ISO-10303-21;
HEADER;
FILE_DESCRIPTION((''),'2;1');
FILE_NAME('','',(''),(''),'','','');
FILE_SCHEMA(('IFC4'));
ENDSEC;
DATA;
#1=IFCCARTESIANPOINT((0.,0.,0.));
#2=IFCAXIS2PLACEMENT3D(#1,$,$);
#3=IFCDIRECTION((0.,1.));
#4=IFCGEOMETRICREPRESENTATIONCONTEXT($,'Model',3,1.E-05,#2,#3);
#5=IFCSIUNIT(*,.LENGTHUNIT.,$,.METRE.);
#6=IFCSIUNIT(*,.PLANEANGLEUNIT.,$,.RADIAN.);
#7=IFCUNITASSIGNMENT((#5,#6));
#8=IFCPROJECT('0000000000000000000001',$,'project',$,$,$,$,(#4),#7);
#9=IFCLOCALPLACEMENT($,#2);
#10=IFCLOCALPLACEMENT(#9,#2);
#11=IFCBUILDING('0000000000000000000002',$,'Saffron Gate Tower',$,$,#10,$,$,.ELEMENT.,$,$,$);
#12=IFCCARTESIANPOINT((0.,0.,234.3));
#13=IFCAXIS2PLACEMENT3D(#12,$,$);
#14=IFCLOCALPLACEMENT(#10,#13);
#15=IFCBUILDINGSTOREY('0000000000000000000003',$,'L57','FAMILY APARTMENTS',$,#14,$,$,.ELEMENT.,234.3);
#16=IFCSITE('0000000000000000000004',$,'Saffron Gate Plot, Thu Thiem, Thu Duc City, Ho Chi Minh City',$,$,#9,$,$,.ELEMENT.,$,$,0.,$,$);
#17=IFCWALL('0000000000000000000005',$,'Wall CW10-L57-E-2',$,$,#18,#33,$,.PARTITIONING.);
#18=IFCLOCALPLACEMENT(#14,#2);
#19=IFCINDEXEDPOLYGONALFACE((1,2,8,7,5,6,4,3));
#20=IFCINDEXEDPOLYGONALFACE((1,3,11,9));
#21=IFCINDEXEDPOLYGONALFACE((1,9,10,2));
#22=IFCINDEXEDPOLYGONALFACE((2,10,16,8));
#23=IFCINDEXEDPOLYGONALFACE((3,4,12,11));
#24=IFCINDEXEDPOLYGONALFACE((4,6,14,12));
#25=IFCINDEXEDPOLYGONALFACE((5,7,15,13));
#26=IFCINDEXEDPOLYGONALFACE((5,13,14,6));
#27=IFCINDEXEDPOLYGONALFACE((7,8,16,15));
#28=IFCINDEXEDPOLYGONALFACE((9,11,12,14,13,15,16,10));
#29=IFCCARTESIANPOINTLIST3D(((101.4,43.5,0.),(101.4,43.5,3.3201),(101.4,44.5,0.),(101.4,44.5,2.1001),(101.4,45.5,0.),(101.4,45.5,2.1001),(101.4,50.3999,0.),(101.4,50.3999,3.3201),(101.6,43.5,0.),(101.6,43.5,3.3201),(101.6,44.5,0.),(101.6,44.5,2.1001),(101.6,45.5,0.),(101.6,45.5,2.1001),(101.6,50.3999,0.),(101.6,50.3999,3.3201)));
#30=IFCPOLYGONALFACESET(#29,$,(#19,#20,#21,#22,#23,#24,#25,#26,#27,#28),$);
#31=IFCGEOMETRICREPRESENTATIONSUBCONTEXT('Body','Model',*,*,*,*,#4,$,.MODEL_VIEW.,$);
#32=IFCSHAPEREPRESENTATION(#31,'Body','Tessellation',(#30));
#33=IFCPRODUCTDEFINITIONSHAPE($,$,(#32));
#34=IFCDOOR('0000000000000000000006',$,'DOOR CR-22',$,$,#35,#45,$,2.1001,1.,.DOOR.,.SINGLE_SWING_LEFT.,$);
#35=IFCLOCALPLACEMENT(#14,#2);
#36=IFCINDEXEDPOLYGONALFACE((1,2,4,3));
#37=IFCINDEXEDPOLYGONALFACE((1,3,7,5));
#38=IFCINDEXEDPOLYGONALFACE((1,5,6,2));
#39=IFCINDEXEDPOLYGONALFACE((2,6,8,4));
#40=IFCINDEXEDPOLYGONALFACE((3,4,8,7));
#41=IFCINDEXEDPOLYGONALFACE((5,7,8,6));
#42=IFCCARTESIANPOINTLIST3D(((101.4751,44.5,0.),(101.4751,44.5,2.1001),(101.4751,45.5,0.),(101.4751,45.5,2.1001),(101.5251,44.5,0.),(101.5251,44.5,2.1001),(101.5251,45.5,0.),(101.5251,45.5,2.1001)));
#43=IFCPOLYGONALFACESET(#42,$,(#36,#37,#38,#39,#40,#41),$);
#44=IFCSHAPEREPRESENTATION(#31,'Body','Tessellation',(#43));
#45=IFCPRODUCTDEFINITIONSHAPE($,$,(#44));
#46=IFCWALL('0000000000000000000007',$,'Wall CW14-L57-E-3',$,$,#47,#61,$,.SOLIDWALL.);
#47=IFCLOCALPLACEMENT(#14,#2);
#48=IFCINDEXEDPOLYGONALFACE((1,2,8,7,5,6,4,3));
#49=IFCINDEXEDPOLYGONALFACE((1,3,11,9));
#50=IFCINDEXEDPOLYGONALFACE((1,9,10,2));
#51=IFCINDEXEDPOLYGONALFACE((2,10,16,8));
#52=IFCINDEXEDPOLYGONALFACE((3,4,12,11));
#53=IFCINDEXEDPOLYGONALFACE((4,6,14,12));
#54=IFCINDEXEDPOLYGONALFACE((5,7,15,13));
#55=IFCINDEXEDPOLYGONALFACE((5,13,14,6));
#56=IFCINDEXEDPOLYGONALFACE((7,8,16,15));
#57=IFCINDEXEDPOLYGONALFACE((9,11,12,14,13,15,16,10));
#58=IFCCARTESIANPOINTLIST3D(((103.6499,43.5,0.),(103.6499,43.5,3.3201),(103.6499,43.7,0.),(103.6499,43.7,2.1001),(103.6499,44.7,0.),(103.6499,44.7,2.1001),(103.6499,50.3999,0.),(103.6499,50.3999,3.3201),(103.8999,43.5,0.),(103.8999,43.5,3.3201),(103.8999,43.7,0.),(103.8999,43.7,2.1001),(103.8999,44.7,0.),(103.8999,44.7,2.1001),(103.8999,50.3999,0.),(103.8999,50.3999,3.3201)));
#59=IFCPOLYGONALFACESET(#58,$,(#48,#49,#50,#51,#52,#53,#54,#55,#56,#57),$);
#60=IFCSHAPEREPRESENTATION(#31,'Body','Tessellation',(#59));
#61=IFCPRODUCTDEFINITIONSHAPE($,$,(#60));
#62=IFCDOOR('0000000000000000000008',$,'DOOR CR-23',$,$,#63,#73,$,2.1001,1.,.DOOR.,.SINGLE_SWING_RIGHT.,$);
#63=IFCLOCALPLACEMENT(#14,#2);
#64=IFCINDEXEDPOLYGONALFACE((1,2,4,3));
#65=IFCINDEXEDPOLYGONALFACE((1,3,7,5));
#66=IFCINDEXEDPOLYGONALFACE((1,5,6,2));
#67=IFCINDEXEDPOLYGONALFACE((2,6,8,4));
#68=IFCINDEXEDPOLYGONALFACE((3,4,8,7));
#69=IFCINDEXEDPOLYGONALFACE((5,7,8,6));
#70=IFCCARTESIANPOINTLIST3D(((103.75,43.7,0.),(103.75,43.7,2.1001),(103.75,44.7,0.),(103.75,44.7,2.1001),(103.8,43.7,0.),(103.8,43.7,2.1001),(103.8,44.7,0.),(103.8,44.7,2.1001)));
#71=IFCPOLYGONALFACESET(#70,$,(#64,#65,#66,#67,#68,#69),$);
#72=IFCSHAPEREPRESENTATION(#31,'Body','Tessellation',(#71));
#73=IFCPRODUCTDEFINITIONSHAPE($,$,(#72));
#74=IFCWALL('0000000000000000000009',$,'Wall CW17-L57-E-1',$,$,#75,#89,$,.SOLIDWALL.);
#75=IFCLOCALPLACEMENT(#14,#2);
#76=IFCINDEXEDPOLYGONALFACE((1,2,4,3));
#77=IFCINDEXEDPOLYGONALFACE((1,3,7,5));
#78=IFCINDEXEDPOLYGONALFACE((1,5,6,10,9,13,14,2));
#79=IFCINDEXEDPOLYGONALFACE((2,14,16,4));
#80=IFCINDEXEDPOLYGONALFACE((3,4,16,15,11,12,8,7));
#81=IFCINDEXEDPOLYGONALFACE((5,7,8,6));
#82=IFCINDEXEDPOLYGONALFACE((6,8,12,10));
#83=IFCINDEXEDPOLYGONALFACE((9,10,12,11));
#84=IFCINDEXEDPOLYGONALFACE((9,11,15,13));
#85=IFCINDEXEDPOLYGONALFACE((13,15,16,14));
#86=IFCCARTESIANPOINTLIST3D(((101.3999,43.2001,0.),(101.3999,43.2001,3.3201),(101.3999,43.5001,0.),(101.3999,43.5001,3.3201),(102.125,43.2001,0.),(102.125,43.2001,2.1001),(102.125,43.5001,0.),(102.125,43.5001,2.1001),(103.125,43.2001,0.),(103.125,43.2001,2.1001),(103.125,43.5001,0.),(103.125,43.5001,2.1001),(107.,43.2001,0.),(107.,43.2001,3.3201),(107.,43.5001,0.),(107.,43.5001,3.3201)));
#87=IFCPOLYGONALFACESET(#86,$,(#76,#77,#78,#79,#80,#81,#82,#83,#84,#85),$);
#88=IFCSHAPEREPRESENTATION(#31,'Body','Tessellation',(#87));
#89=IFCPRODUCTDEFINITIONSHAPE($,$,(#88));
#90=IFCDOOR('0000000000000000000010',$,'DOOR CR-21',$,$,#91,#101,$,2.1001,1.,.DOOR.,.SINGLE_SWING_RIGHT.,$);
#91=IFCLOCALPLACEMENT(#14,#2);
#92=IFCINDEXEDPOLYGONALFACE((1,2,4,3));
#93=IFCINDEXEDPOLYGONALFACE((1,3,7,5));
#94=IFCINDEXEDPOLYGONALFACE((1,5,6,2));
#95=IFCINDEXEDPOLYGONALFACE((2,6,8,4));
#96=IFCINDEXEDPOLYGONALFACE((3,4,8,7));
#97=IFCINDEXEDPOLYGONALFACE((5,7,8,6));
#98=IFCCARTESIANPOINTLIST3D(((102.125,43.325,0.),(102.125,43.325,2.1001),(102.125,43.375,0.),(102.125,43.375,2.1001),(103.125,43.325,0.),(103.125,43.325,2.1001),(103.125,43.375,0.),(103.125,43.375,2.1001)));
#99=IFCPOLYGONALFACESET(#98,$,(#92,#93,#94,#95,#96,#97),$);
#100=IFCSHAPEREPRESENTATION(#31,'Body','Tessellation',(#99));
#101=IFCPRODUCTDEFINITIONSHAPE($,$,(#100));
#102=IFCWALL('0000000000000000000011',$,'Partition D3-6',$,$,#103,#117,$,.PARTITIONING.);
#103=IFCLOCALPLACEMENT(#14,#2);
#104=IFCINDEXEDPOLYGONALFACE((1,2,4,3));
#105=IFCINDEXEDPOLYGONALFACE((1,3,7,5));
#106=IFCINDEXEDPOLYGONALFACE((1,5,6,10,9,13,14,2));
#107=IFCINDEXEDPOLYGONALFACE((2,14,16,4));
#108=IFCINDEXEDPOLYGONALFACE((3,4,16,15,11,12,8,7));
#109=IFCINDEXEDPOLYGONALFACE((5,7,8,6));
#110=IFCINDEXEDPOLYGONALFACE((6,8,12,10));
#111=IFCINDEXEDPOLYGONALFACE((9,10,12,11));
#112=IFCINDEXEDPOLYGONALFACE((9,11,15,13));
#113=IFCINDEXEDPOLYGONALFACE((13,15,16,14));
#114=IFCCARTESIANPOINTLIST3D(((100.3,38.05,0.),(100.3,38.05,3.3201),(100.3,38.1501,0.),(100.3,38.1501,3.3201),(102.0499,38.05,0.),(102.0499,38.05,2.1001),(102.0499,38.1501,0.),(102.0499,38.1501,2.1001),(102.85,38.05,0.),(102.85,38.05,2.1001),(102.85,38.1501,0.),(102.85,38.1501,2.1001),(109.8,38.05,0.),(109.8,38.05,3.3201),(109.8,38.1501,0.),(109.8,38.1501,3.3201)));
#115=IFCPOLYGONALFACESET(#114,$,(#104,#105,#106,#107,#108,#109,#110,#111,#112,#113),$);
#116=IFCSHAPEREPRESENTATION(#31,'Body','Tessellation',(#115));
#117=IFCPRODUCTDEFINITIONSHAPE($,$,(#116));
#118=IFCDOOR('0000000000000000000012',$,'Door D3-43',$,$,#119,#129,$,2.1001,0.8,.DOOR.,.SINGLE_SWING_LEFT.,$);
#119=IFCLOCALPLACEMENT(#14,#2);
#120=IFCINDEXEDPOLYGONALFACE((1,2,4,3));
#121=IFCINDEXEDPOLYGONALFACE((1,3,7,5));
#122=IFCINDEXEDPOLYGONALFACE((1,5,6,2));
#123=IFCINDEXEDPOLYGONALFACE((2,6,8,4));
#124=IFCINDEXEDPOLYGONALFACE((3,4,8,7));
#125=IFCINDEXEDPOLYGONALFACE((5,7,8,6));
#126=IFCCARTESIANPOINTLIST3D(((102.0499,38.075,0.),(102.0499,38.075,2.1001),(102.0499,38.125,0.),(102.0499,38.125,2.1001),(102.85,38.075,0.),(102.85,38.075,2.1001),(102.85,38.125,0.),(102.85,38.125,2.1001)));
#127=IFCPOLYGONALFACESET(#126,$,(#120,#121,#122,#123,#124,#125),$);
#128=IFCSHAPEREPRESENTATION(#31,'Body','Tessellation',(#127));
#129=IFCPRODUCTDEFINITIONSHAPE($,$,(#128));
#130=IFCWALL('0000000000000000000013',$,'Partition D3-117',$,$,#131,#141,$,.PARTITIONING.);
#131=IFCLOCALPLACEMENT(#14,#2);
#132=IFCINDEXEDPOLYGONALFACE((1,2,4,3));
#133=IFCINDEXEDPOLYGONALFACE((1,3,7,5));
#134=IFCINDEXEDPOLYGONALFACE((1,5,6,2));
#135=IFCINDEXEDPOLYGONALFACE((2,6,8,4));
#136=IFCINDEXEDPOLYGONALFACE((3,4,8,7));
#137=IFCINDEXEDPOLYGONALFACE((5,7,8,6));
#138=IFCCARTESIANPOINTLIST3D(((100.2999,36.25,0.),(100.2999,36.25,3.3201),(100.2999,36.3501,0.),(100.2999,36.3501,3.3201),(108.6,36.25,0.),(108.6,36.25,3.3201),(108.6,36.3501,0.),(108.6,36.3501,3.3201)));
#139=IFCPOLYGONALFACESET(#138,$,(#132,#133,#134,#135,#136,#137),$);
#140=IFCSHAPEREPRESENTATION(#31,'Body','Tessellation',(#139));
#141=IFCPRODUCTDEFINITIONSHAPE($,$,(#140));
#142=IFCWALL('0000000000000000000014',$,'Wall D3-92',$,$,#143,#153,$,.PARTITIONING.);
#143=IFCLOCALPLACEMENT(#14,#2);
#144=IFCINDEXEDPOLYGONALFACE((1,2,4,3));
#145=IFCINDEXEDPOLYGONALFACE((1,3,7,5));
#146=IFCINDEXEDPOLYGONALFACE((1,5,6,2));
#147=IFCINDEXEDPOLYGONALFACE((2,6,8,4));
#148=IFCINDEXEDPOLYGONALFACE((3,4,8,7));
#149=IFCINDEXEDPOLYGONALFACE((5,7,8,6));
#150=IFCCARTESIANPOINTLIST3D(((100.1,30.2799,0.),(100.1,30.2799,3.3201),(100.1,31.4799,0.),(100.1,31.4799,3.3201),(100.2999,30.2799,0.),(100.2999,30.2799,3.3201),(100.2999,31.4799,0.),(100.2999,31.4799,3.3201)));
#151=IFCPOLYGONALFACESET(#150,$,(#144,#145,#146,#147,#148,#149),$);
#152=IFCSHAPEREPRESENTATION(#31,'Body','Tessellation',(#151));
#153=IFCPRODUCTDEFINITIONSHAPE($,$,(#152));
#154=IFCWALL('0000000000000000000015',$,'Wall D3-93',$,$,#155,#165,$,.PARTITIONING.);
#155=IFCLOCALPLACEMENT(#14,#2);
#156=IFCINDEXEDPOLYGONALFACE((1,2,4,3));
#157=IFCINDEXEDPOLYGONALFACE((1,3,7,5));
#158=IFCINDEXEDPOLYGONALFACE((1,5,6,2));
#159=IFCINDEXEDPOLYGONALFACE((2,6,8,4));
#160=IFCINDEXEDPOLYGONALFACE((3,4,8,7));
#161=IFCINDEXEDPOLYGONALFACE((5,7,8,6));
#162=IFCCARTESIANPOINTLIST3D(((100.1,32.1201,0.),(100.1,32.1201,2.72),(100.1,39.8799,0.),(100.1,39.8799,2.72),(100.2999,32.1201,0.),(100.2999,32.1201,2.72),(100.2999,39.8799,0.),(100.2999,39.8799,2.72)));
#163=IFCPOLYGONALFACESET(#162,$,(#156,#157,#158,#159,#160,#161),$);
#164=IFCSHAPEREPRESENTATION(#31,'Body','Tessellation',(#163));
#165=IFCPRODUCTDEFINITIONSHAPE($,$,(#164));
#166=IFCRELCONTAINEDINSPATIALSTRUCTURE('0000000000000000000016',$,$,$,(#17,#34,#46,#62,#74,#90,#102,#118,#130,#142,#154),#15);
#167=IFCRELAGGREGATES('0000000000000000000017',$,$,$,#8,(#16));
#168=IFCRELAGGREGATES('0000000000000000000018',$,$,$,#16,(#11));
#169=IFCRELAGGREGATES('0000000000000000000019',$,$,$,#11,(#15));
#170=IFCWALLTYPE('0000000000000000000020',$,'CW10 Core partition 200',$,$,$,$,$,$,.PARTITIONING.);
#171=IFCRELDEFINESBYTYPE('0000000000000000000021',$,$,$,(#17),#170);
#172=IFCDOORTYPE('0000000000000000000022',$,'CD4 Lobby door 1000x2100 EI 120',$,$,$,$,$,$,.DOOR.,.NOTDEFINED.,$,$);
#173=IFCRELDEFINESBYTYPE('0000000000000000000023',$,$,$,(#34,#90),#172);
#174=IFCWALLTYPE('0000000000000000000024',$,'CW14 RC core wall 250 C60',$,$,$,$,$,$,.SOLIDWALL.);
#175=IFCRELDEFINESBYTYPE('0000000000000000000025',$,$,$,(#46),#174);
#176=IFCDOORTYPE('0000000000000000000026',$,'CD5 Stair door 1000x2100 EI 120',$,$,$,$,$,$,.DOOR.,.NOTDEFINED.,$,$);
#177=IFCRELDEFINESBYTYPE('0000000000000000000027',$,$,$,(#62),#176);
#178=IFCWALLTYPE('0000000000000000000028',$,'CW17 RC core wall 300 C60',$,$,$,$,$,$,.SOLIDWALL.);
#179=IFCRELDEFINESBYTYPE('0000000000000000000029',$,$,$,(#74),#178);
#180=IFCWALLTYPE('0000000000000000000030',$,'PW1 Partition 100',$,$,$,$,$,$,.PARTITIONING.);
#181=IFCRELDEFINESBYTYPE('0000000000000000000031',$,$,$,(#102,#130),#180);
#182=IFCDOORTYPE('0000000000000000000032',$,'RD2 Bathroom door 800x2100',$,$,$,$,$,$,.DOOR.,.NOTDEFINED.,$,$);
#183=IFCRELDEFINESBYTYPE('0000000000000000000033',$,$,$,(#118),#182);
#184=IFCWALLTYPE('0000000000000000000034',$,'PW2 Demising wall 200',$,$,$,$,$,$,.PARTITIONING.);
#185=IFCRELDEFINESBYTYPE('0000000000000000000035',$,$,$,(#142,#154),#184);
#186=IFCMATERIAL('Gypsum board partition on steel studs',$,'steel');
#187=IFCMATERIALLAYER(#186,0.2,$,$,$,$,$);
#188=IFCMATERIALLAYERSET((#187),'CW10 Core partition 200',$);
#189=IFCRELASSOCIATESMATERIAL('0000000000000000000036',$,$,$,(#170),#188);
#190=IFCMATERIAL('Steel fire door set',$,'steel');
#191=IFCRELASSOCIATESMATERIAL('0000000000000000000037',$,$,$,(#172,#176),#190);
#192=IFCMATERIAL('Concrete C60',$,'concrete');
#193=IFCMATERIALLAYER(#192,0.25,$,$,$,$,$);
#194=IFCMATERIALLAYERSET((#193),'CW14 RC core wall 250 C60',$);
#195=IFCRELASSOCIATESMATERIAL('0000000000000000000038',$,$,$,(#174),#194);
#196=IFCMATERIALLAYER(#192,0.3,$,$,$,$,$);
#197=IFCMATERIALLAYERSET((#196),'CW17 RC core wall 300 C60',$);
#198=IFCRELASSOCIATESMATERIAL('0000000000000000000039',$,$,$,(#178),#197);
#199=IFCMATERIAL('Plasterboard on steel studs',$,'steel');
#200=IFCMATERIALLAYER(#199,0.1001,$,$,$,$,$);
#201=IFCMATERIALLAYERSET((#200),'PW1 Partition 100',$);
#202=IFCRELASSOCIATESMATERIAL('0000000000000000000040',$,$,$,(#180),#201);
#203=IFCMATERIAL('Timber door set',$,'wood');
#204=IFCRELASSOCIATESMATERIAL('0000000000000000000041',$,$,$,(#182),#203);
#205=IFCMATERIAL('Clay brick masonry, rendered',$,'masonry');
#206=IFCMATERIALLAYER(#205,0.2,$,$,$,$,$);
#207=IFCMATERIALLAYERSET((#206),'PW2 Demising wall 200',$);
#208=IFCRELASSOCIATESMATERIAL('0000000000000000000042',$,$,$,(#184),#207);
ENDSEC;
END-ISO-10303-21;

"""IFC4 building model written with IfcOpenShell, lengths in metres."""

from ifc_helpers import new_model, si_unit, direction, frame, frame_2d, origin, place, context, subcontext, project, spatial, rectangle, extrude, material, layer, layer_set, type_object, element, fill, save


model = new_model("IFC4")

# Units and contexts
model_context = context("Model", 3, precision=1e-05, world=origin(), true_north=direction((0.0, 1.0)))
body_context = subcontext(model_context, "Body", "Model", "MODEL_VIEW")
ifc_project = project(units=[si_unit("LENGTHUNIT", "METRE"), si_unit("PLANEANGLEUNIT", "RADIAN")], contexts=[model_context])

# Site, building, storey
site_placement = place(None, origin())
site = spatial("IfcSite", under=ifc_project, at=site_placement, Name="Saffron Gate Plot, Thu Thiem, Thu Duc City, Ho Chi Minh City", CompositionType="ELEMENT", RefElevation=0.0)
building_placement = place(site_placement, origin())
building = spatial("IfcBuilding", under=site, at=building_placement, Name="Saffron Gate Tower", CompositionType="ELEMENT")
storey_placement = place(building_placement, frame((0.0, 0.0, 234.3)))
storey = spatial("IfcBuildingStorey", under=building, at=storey_placement, Name="L57", Description="FAMILY APARTMENTS", CompositionType="ELEMENT", Elevation=234.3)

# Walls, openings, doors
ifc_material_1 = material(Name="Gypsum board partition on steel studs", Category="steel")
ifc_layer_1 = layer(ifc_material_1, 0.2)
ifc_layer_set_1 = layer_set([ifc_layer_1], Name="CW10 Core partition 200")
wall_type_1 = type_object("IfcWallType", Name="CW10 Core partition 200", PredefinedType="PARTITIONING", material=ifc_layer_set_1)
wall_1_placement = place(storey_placement, frame((101.5, 43.5, 0.0), z_axis=(0.0, 0.0, 1.0), x_axis=(0.0, 1.0, 0.0)))
wall_1 = element("IfcWall", 1, at=wall_1_placement, inside=storey, type_object=wall_type_1, Name="Wall CW10-L57-E-2", PredefinedType="PARTITIONING", context=body_context, shape_type="SweptSolid", body=[
    extrude(rectangle(XDim=6.8999, YDim=0.2, at=frame_2d((3.45, 0.0))), origin(), (0.0, 0.0, 1.0), 3.3201),
])
opening_1_placement = place(wall_1_placement, frame((1.0, 0.0, 0.0)))
opening_1 = element("IfcOpeningElement", 2, at=opening_1_placement, cuts=wall_1, PredefinedType="OPENING", context=body_context, shape_type="SweptSolid", body=[
    extrude(rectangle(XDim=1.0, YDim=2.1001, at=frame_2d((0.5, 1.05))), frame((0.0, 0.1099, 0.0), z_axis=(0.0, -1.0, 0.0), x_axis=(1.0, 0.0, 0.0)), (0.0, 0.0, 1.0), 0.22),
])
ifc_material_2 = material(Name="Steel fire door set", Category="steel")
door_type_1 = type_object("IfcDoorType", Name="CD4 Lobby door 1000x2100 EI 120", OperationType="NOTDEFINED", PredefinedType="DOOR", material=ifc_material_2)
door_1_placement = place(opening_1_placement, origin())
door_1 = element("IfcDoor", 3, at=door_1_placement, inside=storey, type_object=door_type_1, Name="DOOR CR-22", OperationType="SINGLE_SWING_LEFT", OverallHeight=2.1001, OverallWidth=1.0, PredefinedType="DOOR", context=body_context, shape_type="SweptSolid", body=[
    extrude(rectangle(XDim=1.0, YDim=2.1001, at=frame_2d((0.5, 1.05))), frame((0.0, 0.0249, 0.0), z_axis=(0.0, -1.0, 0.0), x_axis=(1.0, 0.0, 0.0)), (0.0, 0.0, 1.0), 0.05),
])
fill(opening_1, door_1)
ifc_material_3 = material(Name="Concrete C60", Category="concrete")
ifc_layer_2 = layer(ifc_material_3, 0.25)
ifc_layer_set_2 = layer_set([ifc_layer_2], Name="CW14 RC core wall 250 C60")
wall_type_2 = type_object("IfcWallType", Name="CW14 RC core wall 250 C60", PredefinedType="SOLIDWALL", material=ifc_layer_set_2)
wall_2_placement = place(storey_placement, frame((103.7749, 43.5, 0.0), z_axis=(0.0, 0.0, 1.0), x_axis=(0.0, 1.0, 0.0)))
wall_2 = element("IfcWall", 4, at=wall_2_placement, inside=storey, type_object=wall_type_2, Name="Wall CW14-L57-E-3", PredefinedType="SOLIDWALL", context=body_context, shape_type="SweptSolid", body=[
    extrude(rectangle(XDim=6.8999, YDim=0.25, at=frame_2d((3.45, 0.0))), origin(), (0.0, 0.0, 1.0), 3.3201),
])
opening_2_placement = place(wall_2_placement, frame((0.2, 0.0, 0.0)))
opening_2 = element("IfcOpeningElement", 5, at=opening_2_placement, cuts=wall_2, PredefinedType="OPENING", context=body_context, shape_type="SweptSolid", body=[
    extrude(rectangle(XDim=1.0, YDim=2.1001, at=frame_2d((0.5, 1.05))), frame((0.0, 0.135, 0.0), z_axis=(0.0, -1.0, 0.0), x_axis=(1.0, 0.0, 0.0)), (0.0, 0.0, 1.0), 0.27),
])
door_type_2 = type_object("IfcDoorType", Name="CD5 Stair door 1000x2100 EI 120", OperationType="NOTDEFINED", PredefinedType="DOOR", material=ifc_material_2)
door_2_placement = place(opening_2_placement, origin())
door_2 = element("IfcDoor", 6, at=door_2_placement, inside=storey, type_object=door_type_2, Name="DOOR CR-23", OperationType="SINGLE_SWING_RIGHT", OverallHeight=2.1001, OverallWidth=1.0, PredefinedType="DOOR", context=body_context, shape_type="SweptSolid", body=[
    extrude(rectangle(XDim=1.0, YDim=2.1001, at=frame_2d((0.5, 1.05))), frame((0.0, 0.0249, 0.0), z_axis=(0.0, -1.0, 0.0), x_axis=(1.0, 0.0, 0.0)), (0.0, 0.0, 1.0), 0.05),
])
fill(opening_2, door_2)
ifc_layer_3 = layer(ifc_material_3, 0.3)
ifc_layer_set_3 = layer_set([ifc_layer_3], Name="CW17 RC core wall 300 C60")
wall_type_3 = type_object("IfcWallType", Name="CW17 RC core wall 300 C60", PredefinedType="SOLIDWALL", material=ifc_layer_set_3)
wall_3_placement = place(storey_placement, frame((101.3999, 43.3501, 0.0), z_axis=(0.0, 0.0, 1.0), x_axis=(1.0, 0.0, 0.0)))
wall_3 = element("IfcWall", 7, at=wall_3_placement, inside=storey, type_object=wall_type_3, Name="Wall CW17-L57-E-1", PredefinedType="SOLIDWALL", context=body_context, shape_type="SweptSolid", body=[
    extrude(rectangle(XDim=5.6001, YDim=0.3, at=frame_2d((2.8, 0.0))), origin(), (0.0, 0.0, 1.0), 3.3201),
])
opening_3_placement = place(wall_3_placement, frame((0.7251, 0.0, 0.0)))
opening_3 = element("IfcOpeningElement", 8, at=opening_3_placement, cuts=wall_3, PredefinedType="OPENING", context=body_context, shape_type="SweptSolid", body=[
    extrude(rectangle(XDim=1.0, YDim=2.1001, at=frame_2d((0.5, 1.05))), frame((0.0, 0.1602, 0.0), z_axis=(0.0, -1.0, 0.0), x_axis=(1.0, 0.0, 0.0)), (0.0, 0.0, 1.0), 0.3201),
])
door_3_placement = place(opening_3_placement, origin())
door_3 = element("IfcDoor", 9, at=door_3_placement, inside=storey, type_object=door_type_1, Name="DOOR CR-21", OperationType="SINGLE_SWING_RIGHT", OverallHeight=2.1001, OverallWidth=1.0, PredefinedType="DOOR", context=body_context, shape_type="SweptSolid", body=[
    extrude(rectangle(XDim=1.0, YDim=2.1001, at=frame_2d((0.5, 1.05))), frame((0.0, 0.0249, 0.0), z_axis=(0.0, -1.0, 0.0), x_axis=(1.0, 0.0, 0.0)), (0.0, 0.0, 1.0), 0.05),
])
fill(opening_3, door_3)
ifc_material_4 = material(Name="Plasterboard on steel studs", Category="steel")
ifc_layer_4 = layer(ifc_material_4, 0.1001)
ifc_layer_set_4 = layer_set([ifc_layer_4], Name="PW1 Partition 100")
wall_type_4 = type_object("IfcWallType", Name="PW1 Partition 100", PredefinedType="PARTITIONING", material=ifc_layer_set_4)
wall_4_placement = place(storey_placement, frame((100.3, 38.1001, 0.0), z_axis=(0.0, 0.0, 1.0), x_axis=(1.0, 0.0, 0.0)))
wall_4 = element("IfcWall", 10, at=wall_4_placement, inside=storey, type_object=wall_type_4, Name="Partition D3-6", PredefinedType="PARTITIONING", context=body_context, shape_type="SweptSolid", body=[
    extrude(rectangle(XDim=9.5, YDim=0.1001, at=frame_2d((4.75, 0.0))), origin(), (0.0, 0.0, 1.0), 3.3201),
])
opening_4_placement = place(wall_4_placement, frame((1.75, 0.0, 0.0)))
opening_4 = element("IfcOpeningElement", 11, at=opening_4_placement, cuts=wall_4, PredefinedType="OPENING", context=body_context, shape_type="SweptSolid", body=[
    extrude(rectangle(XDim=0.8, YDim=2.1001, at=frame_2d((0.3999, 1.05))), frame((0.0, 0.0601, 0.0), z_axis=(0.0, -1.0, 0.0), x_axis=(1.0, 0.0, 0.0)), (0.0, 0.0, 1.0), 0.1201),
])
ifc_material_5 = material(Name="Timber door set", Category="wood")
door_type_3 = type_object("IfcDoorType", Name="RD2 Bathroom door 800x2100", OperationType="NOTDEFINED", PredefinedType="DOOR", material=ifc_material_5)
door_4_placement = place(opening_4_placement, origin())
door_4 = element("IfcDoor", 12, at=door_4_placement, inside=storey, type_object=door_type_3, Name="Door D3-43", OperationType="SINGLE_SWING_LEFT", OverallHeight=2.1001, OverallWidth=0.8, PredefinedType="DOOR", context=body_context, shape_type="SweptSolid", body=[
    extrude(rectangle(XDim=0.8, YDim=2.1001, at=frame_2d((0.3999, 1.05))), frame((0.0, 0.0249, 0.0), z_axis=(0.0, -1.0, 0.0), x_axis=(1.0, 0.0, 0.0)), (0.0, 0.0, 1.0), 0.05),
])
fill(opening_4, door_4)

# Walls
wall_5_placement = place(storey_placement, frame((100.3, 36.3, 0.0), z_axis=(0.0, 0.0, 1.0), x_axis=(1.0, 0.0, 0.0)))
element("IfcWall", 13, at=wall_5_placement, inside=storey, type_object=wall_type_4, Name="Partition D3-117", PredefinedType="PARTITIONING", context=body_context, shape_type="SweptSolid", body=[
    extrude(rectangle(XDim=8.3, YDim=0.1001, at=frame_2d((4.1499, 0.0))), origin(), (0.0, 0.0, 1.0), 3.3201),
])
ifc_material_6 = material(Name="Clay brick masonry, rendered", Category="masonry")
ifc_layer_5 = layer(ifc_material_6, 0.2)
ifc_layer_set_5 = layer_set([ifc_layer_5], Name="PW2 Demising wall 200")
wall_type_5 = type_object("IfcWallType", Name="PW2 Demising wall 200", PredefinedType="PARTITIONING", material=ifc_layer_set_5)
wall_6_placement = place(storey_placement, frame((100.2, 31.48, 0.0), z_axis=(0.0, 0.0, 1.0), x_axis=(0.0, -1.0, 0.0)))
element("IfcWall", 14, at=wall_6_placement, inside=storey, type_object=wall_type_5, Name="Wall D3-92", PredefinedType="PARTITIONING", context=body_context, shape_type="SweptSolid", body=[
    extrude(rectangle(XDim=1.2, YDim=0.2, at=frame_2d((0.6001, 0.0))), origin(), (0.0, 0.0, 1.0), 3.3201),
])
wall_7_placement = place(storey_placement, frame((100.2, 39.8799, 0.0), z_axis=(0.0, 0.0, 1.0), x_axis=(0.0, -1.0, 0.0)))
element("IfcWall", 15, at=wall_7_placement, inside=storey, type_object=wall_type_5, Name="Wall D3-93", PredefinedType="PARTITIONING", context=body_context, shape_type="SweptSolid", body=[
    extrude(rectangle(XDim=7.7598, YDim=0.2, at=frame_2d((3.8799, 0.0))), origin(), (0.0, 0.0, 1.0), 2.72),
])

save(model, "model.ifc")
